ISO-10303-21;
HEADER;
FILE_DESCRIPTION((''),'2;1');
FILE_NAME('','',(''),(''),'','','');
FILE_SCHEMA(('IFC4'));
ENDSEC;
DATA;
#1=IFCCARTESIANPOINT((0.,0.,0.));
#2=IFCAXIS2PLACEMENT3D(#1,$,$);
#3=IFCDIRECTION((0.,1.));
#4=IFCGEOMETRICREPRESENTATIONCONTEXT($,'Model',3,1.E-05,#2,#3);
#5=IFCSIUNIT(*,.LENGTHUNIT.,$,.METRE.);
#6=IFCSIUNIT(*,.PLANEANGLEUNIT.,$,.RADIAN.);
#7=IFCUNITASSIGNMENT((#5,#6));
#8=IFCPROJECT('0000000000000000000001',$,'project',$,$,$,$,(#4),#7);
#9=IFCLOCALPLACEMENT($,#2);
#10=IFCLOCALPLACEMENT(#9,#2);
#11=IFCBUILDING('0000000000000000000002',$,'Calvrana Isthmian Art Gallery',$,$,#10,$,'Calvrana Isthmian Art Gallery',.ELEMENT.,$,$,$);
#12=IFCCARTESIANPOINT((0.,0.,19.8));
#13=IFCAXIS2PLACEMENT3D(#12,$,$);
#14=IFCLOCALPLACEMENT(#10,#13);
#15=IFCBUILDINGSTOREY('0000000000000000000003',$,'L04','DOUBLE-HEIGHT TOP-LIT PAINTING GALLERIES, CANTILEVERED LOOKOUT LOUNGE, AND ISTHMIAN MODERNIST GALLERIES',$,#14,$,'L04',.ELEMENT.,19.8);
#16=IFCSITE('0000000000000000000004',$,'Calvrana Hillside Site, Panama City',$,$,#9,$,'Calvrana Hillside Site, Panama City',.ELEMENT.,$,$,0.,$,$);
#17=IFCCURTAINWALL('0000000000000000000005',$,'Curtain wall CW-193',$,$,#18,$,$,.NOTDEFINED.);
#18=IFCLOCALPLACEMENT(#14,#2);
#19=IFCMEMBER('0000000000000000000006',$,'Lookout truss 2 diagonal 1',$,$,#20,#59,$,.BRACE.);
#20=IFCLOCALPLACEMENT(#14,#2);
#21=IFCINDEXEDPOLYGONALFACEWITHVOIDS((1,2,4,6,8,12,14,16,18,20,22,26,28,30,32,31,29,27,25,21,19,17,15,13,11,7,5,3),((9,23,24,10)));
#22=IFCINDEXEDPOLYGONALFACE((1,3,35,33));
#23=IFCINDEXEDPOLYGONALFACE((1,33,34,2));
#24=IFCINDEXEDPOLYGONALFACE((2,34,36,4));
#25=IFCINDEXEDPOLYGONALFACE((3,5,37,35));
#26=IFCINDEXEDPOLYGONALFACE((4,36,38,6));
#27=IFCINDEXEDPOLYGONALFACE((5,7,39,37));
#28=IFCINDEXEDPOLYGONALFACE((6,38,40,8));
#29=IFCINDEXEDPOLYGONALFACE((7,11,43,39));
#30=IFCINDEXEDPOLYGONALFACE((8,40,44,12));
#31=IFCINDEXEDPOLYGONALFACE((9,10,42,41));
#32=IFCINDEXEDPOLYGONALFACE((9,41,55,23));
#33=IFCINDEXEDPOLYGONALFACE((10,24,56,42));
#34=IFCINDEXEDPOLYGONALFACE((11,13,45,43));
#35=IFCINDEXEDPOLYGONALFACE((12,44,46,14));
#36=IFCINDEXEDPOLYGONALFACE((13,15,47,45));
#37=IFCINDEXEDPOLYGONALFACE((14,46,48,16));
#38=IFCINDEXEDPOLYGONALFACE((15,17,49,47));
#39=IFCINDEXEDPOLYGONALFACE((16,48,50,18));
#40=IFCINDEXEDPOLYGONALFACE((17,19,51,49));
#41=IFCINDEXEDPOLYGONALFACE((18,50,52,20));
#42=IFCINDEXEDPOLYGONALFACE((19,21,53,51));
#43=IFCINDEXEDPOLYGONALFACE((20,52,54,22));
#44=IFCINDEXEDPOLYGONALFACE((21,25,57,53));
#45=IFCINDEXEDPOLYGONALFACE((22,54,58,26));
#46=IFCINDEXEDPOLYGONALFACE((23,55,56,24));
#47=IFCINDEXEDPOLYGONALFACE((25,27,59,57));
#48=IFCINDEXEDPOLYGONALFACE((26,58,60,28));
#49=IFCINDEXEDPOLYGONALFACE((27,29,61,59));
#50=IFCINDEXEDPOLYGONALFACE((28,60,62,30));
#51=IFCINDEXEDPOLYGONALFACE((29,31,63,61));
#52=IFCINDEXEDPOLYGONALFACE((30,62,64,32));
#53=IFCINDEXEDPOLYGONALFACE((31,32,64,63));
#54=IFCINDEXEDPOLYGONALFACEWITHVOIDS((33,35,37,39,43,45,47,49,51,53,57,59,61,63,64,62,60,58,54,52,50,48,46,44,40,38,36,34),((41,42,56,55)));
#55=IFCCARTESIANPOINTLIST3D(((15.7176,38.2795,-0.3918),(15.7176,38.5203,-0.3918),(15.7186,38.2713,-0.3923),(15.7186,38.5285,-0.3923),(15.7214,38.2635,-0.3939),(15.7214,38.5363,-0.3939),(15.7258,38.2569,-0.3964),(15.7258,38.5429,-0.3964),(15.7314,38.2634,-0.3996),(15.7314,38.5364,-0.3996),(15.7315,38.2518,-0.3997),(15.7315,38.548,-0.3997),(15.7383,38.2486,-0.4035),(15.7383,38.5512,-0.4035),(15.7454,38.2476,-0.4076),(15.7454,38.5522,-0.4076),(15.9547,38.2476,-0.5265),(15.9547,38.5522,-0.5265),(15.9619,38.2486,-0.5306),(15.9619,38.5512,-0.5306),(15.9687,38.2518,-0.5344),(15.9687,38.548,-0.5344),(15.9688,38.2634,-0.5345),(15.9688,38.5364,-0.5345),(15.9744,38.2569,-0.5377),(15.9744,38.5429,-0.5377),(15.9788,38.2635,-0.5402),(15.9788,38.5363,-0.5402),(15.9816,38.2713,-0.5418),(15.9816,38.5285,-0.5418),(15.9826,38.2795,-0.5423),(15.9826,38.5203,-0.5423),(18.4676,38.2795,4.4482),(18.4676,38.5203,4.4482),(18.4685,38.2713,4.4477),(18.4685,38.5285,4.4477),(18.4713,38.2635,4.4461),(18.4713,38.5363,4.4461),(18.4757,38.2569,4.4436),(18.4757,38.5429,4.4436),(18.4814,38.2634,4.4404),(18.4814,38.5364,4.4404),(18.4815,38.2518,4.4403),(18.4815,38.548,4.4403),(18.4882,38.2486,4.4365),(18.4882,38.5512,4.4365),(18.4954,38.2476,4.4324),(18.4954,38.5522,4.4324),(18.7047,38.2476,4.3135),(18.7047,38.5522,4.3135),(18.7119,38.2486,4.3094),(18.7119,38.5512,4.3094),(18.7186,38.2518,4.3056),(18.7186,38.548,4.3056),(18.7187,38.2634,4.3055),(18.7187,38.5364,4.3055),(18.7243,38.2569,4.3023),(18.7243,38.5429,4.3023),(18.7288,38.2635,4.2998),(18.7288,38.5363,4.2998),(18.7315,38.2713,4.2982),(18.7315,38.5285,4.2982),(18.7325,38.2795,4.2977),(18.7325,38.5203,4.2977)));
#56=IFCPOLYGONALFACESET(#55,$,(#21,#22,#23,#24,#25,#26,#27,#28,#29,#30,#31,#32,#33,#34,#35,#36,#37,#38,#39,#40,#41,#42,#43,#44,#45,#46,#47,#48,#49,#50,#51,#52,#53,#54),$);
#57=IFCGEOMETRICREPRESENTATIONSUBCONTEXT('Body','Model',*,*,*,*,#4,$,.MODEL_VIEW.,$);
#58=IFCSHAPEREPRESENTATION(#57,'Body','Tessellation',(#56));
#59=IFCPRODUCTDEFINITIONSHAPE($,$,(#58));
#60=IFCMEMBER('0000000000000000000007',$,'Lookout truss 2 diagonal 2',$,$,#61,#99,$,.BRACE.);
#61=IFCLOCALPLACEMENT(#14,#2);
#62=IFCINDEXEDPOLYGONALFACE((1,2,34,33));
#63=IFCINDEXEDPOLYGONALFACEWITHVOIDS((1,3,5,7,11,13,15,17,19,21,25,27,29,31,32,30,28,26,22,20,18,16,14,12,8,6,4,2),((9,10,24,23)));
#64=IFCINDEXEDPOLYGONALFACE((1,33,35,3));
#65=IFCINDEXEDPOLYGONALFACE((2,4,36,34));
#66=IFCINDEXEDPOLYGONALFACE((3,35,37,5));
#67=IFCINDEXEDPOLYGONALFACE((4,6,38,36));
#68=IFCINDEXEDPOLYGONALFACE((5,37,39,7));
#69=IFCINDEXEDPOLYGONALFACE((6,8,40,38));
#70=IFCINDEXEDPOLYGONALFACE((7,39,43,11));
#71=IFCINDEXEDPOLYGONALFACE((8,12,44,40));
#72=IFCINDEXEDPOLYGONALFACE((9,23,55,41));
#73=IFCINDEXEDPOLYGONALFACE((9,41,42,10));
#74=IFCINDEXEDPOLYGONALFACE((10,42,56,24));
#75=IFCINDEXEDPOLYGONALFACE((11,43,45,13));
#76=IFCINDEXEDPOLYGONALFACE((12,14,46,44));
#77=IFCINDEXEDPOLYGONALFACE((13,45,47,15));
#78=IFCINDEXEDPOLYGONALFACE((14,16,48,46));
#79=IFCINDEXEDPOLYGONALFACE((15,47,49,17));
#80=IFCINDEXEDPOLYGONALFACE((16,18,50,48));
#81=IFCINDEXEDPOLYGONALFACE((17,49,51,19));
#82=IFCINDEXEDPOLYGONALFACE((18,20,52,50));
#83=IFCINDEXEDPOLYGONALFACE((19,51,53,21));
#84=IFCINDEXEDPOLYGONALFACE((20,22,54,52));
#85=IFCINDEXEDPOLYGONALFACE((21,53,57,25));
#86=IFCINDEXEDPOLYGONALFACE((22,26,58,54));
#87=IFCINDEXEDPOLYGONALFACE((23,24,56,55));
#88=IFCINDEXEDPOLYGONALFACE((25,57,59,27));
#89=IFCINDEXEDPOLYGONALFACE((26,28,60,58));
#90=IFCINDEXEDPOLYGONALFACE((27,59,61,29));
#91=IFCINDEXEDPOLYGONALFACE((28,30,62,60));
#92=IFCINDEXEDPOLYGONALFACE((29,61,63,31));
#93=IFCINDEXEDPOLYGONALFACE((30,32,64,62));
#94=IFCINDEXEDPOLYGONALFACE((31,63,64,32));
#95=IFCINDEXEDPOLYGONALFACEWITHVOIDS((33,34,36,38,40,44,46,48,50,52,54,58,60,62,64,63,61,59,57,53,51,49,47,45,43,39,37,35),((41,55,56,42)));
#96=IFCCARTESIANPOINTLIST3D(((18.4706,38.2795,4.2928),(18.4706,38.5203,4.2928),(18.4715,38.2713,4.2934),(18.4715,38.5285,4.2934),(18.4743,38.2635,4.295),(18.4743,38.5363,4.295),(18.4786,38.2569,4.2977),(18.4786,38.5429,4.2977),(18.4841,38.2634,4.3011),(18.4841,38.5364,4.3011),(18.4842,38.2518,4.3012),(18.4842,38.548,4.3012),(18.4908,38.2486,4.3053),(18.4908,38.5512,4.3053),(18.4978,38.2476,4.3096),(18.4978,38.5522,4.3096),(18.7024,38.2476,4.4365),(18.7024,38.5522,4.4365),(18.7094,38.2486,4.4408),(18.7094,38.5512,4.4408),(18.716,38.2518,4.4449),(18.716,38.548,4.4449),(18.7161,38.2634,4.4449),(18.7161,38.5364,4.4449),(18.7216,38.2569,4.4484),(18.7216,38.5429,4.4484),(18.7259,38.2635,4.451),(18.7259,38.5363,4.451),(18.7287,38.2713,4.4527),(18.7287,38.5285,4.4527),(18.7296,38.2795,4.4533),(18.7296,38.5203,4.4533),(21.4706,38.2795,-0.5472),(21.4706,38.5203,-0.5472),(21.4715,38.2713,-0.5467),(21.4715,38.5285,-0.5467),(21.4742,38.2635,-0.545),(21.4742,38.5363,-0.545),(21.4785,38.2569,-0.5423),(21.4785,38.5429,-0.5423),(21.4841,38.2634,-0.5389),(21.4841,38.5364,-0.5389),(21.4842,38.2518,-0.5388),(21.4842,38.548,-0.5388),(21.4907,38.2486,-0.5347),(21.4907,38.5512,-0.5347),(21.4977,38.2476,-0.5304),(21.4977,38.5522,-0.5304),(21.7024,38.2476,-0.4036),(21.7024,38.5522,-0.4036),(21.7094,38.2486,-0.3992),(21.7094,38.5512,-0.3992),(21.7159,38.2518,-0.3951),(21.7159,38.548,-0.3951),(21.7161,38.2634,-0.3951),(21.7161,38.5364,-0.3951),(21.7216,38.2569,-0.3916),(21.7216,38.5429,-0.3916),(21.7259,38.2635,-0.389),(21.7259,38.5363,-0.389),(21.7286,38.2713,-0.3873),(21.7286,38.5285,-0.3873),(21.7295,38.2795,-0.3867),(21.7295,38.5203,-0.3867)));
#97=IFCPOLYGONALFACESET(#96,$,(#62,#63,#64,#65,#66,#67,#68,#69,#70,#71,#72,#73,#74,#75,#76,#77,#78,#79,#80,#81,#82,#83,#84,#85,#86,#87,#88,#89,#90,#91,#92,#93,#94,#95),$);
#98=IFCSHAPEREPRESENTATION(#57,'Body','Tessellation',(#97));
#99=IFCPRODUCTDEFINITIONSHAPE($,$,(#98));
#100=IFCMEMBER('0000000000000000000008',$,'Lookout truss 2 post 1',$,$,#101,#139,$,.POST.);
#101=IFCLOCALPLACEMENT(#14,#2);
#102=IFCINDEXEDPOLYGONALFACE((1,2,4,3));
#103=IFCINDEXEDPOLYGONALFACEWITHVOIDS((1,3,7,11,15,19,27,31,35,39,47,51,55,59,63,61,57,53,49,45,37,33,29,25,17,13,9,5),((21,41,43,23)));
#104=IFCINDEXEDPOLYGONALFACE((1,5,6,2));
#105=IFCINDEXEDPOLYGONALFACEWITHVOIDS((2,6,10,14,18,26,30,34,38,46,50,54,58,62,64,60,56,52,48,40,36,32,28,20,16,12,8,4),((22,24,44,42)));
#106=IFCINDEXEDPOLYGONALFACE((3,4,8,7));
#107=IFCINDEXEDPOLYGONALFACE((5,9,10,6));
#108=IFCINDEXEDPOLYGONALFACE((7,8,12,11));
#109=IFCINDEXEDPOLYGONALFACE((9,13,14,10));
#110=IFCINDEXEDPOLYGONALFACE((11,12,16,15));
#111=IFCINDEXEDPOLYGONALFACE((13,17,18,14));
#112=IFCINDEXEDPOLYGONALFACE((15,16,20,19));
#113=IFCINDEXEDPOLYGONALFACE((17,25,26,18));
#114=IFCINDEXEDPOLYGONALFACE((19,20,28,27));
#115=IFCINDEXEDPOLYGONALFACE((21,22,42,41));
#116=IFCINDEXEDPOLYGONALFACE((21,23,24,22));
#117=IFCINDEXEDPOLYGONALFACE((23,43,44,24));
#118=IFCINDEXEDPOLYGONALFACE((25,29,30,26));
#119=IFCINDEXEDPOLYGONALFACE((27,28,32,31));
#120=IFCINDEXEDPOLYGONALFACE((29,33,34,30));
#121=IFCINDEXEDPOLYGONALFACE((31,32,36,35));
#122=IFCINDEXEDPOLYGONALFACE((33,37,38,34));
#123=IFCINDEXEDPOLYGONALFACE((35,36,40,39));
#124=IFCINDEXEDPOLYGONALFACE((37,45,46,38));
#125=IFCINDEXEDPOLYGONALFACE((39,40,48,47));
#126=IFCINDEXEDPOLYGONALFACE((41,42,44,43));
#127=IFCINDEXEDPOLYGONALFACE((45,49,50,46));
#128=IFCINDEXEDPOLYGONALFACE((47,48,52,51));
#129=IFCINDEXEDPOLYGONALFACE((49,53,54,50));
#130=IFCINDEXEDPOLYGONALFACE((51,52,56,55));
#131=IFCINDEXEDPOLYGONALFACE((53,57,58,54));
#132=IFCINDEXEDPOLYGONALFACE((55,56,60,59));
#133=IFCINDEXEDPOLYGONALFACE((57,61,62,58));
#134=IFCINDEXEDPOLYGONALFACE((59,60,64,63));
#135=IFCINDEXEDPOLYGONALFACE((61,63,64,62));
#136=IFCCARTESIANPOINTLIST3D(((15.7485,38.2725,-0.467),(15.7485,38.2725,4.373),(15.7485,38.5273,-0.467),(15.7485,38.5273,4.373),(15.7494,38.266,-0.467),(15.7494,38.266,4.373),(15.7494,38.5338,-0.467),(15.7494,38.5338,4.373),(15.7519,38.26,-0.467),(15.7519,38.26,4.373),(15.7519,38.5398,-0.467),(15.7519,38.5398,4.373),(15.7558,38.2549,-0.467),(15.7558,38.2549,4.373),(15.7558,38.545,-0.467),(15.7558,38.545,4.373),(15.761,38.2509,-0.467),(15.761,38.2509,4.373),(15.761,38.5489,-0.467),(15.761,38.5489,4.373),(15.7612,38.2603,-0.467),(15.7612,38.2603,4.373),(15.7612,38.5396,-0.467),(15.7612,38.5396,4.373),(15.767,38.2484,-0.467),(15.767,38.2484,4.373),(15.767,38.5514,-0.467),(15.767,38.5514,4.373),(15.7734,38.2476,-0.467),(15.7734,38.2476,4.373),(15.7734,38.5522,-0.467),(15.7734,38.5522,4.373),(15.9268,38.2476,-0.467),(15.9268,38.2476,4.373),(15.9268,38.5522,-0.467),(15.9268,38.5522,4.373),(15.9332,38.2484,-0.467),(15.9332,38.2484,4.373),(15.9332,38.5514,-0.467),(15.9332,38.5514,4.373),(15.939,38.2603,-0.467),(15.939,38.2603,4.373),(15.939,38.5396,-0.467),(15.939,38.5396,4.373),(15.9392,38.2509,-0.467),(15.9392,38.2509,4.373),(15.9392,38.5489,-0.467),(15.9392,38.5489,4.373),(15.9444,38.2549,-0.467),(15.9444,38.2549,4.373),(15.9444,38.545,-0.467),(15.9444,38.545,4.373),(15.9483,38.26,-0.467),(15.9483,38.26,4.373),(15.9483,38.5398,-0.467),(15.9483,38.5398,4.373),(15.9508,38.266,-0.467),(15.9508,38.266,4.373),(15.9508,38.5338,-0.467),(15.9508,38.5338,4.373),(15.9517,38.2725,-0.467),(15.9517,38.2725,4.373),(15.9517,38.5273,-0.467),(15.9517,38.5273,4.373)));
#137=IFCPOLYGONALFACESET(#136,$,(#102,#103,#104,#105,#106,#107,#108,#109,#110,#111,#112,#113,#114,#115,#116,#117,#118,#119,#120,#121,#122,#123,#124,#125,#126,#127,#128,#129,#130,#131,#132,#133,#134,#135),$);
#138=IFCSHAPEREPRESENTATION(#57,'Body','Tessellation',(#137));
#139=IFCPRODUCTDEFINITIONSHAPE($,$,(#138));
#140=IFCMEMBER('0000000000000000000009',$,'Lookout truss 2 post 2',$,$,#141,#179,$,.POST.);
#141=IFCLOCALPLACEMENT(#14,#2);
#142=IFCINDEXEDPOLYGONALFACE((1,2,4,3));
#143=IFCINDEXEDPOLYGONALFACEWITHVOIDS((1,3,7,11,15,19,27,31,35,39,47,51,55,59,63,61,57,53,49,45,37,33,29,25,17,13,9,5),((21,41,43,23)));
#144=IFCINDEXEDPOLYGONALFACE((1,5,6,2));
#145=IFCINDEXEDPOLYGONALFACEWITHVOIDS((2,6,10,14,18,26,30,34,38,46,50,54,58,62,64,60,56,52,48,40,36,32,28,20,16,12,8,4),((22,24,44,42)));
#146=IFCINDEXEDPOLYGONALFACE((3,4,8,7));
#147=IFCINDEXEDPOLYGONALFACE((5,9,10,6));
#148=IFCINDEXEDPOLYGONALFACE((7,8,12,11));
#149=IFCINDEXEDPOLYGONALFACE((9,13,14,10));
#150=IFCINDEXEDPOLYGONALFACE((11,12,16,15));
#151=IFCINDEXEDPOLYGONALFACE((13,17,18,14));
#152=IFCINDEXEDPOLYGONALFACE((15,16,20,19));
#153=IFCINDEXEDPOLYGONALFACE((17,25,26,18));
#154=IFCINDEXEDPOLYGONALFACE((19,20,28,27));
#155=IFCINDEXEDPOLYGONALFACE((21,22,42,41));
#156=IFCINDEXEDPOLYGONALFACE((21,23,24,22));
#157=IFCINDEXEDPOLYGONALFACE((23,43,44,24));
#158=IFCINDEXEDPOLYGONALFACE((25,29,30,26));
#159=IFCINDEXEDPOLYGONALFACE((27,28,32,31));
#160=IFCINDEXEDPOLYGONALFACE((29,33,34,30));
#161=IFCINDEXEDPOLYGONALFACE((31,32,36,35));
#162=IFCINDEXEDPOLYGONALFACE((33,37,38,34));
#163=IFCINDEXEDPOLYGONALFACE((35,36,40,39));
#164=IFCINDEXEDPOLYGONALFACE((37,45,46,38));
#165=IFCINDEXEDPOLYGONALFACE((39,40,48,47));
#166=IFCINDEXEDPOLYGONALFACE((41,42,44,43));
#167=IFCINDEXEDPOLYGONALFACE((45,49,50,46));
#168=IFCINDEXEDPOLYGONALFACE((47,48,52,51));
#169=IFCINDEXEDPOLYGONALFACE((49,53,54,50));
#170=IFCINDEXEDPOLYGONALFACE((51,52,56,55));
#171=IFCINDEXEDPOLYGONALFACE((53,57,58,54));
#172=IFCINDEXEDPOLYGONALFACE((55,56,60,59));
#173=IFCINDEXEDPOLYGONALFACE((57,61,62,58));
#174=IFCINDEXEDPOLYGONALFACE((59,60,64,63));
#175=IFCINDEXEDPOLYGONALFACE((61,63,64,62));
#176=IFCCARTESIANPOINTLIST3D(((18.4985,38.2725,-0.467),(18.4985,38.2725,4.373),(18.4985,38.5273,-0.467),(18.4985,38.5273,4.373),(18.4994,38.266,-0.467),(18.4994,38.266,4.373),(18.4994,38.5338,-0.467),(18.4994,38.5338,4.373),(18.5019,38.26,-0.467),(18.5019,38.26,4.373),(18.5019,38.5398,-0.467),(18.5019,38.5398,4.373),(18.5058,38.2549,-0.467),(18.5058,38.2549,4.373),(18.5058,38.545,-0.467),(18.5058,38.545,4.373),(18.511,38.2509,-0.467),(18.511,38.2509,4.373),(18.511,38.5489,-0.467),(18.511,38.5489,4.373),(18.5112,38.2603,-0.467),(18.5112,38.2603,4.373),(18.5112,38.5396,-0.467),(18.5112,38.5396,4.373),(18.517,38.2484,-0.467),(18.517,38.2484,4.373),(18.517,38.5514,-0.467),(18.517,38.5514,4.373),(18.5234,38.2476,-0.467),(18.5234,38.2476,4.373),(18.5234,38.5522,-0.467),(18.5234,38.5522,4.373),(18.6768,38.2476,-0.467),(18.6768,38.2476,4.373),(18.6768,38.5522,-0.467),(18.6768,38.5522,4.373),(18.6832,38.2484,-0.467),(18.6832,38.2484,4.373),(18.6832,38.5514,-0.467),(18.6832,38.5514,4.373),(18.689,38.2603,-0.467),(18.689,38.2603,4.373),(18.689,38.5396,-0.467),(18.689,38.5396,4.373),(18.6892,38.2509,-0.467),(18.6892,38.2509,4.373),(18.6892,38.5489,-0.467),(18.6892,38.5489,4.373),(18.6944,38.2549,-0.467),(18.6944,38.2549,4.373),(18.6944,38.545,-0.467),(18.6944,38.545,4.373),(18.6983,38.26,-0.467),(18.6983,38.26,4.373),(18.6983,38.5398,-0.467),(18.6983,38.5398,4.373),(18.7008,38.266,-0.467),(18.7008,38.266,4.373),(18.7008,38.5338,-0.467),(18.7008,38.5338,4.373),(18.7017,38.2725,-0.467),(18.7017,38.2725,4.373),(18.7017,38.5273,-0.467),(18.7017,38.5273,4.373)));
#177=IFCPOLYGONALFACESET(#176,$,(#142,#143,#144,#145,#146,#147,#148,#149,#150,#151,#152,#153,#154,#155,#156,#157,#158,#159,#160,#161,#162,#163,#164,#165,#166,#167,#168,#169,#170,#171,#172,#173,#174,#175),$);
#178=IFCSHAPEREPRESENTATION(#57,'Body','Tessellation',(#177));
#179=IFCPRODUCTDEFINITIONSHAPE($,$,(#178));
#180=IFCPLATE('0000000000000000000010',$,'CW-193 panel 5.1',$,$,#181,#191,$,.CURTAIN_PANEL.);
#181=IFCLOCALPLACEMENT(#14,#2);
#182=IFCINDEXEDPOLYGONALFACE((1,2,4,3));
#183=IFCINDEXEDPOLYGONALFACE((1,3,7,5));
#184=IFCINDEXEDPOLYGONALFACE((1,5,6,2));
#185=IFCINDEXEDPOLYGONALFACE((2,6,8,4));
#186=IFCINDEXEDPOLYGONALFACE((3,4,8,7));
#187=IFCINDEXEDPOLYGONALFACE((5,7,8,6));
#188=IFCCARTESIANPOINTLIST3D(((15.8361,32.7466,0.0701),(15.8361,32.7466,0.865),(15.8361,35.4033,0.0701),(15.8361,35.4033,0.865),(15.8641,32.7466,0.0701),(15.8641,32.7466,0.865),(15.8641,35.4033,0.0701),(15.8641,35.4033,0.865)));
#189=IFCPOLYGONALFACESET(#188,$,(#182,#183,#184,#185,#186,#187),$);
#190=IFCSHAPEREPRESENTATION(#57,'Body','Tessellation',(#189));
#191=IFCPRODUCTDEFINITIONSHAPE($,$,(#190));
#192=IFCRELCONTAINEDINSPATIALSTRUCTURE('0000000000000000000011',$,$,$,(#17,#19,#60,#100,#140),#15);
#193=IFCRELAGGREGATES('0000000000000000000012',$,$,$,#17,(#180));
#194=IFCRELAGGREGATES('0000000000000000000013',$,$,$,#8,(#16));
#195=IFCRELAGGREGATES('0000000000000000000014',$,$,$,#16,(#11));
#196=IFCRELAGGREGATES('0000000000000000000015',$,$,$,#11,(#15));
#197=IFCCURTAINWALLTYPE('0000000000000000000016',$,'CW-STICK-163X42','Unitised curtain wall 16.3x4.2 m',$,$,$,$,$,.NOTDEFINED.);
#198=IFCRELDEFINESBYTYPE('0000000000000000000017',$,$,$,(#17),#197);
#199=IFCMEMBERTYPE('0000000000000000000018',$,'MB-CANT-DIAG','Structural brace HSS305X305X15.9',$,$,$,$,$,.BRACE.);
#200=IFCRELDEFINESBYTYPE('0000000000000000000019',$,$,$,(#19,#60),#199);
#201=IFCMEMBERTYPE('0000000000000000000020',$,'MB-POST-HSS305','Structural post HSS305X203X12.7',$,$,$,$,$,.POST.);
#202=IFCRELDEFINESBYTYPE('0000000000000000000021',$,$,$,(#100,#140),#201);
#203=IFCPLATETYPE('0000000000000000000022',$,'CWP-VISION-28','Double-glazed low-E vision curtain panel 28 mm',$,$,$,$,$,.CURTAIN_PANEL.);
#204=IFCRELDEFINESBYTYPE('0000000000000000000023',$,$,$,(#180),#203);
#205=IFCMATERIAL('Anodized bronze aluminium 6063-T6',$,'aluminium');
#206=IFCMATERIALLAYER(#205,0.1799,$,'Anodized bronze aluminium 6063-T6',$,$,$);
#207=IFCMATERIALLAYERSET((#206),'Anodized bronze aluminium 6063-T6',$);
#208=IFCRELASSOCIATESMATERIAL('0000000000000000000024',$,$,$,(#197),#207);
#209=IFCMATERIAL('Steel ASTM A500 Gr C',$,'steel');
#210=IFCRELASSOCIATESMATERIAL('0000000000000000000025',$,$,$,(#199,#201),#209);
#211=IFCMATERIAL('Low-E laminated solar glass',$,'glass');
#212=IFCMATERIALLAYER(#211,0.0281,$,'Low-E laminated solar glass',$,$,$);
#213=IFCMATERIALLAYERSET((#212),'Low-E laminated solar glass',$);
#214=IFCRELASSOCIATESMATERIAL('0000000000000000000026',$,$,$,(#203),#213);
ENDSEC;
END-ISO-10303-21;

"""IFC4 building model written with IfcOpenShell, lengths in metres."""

from ifc_helpers import new_model, si_unit, direction, frame, origin, origin_2d, place, context, subcontext, project, spatial, rectangle, hollow_rectangle, extrude, material, layer, layer_set, material_profile, profile_set, type_object, element, aggregate, save


model = new_model("IFC4")

# Units and contexts
model_context = context("Model", 3, precision=1e-05, world=origin(), true_north=direction((0.0, 1.0)))
body_context = subcontext(model_context, "Body", "Model", "MODEL_VIEW")
ifc_project = project(units=[si_unit("LENGTHUNIT", "METRE"), si_unit("PLANEANGLEUNIT", "RADIAN")], contexts=[model_context])

# Site, building, storey
site_placement = place(None, origin())
site = spatial("IfcSite", under=ifc_project, at=site_placement, Name="Calvrana Hillside Site, Panama City", LongName="Calvrana Hillside Site, Panama City", CompositionType="ELEMENT", RefElevation=0.0)
building_placement = place(site_placement, origin())
building = spatial("IfcBuilding", under=site, at=building_placement, Name="Calvrana Isthmian Art Gallery", LongName="Calvrana Isthmian Art Gallery", CompositionType="ELEMENT")
storey_placement = place(building_placement, frame((0.0, 0.0, 19.8)))
storey = spatial("IfcBuildingStorey", under=building, at=storey_placement, Name="L04", Description="DOUBLE-HEIGHT TOP-LIT PAINTING GALLERIES, CANTILEVERED LOOKOUT LOUNGE, AND ISTHMIAN MODERNIST GALLERIES", LongName="L04", CompositionType="ELEMENT", Elevation=19.8)

# Curtain wall
ifc_material_1 = material(Name="Anodized bronze aluminium 6063-T6", Category="aluminium")
ifc_layer_1 = layer(ifc_material_1, 0.1799, Name="Anodized bronze aluminium 6063-T6")
ifc_layer_set_1 = layer_set([ifc_layer_1], Name="Anodized bronze aluminium 6063-T6")
curtain_wall_type_1 = type_object("IfcCurtainWallType", Name="CW-STICK-163X42", Description="Unitised curtain wall 16.3x4.2 m", PredefinedType="NOTDEFINED", material=ifc_layer_set_1)
curtain_wall_1_placement = place(storey_placement, origin())
curtain_wall_1 = element("IfcCurtainWall", 1, at=curtain_wall_1_placement, inside=storey, type_object=curtain_wall_type_1, Name="Curtain wall CW-193", PredefinedType="NOTDEFINED")

# Members
ifc_material_2 = material(Name="Steel ASTM A500 Gr C", Category="steel")
ifc_material_profile_1 = material_profile(ifc_material_2, hollow_rectangle(XDim=0.3047, YDim=0.3047, WallThickness=0.0159, OuterFilletRadius=0.032, at=origin_2d()), Name="HSS305X305X15.9")
ifc_profile_set_1 = profile_set([ifc_material_profile_1], Name="Steel ASTM A500 Gr C")
member_type_1 = type_object("IfcMemberType", Name="MB-CANT-DIAG", Description="Structural brace HSS305X305X15.9", PredefinedType="BRACE", material=ifc_profile_set_1)
member_1_placement = place(storey_placement, frame((15.8501, 38.3999, -0.467), z_axis=(0.494003, 0.0, 0.86946), x_axis=(0.0, 1.0, 0.0)))
element("IfcMember", 2, at=member_1_placement, inside=storey, type_object=member_type_1, Name="Lookout truss 2 diagonal 1", PredefinedType="BRACE", context=body_context, shape_type="SweptSolid", body=[
    extrude(hollow_rectangle(XDim=0.3047, YDim=0.3047, WallThickness=0.0159, OuterFilletRadius=0.032, at=origin_2d()), origin(), (0.0, 0.0, 1.0), 5.5667),
])
member_2_placement = place(storey_placement, frame((18.6001, 38.3999, 4.373), z_axis=(0.526831, 0.0, -0.84997), x_axis=(0.0, 1.0, 0.0)))
element("IfcMember", 3, at=member_2_placement, inside=storey, type_object=member_type_1, Name="Lookout truss 2 diagonal 2", PredefinedType="BRACE", context=body_context, shape_type="SweptSolid", body=[
    extrude(hollow_rectangle(XDim=0.3047, YDim=0.3047, WallThickness=0.0159, OuterFilletRadius=0.032, at=origin_2d()), origin(), (0.0, 0.0, 1.0), 5.6943),
])
ifc_material_profile_2 = material_profile(ifc_material_2, hollow_rectangle(XDim=0.2031, YDim=0.3047, WallThickness=0.0127, OuterFilletRadius=0.0249, at=origin_2d()), Name="HSS305X203X12.7")
ifc_profile_set_2 = profile_set([ifc_material_profile_2], Name="Steel ASTM A500 Gr C")
member_type_2 = type_object("IfcMemberType", Name="MB-POST-HSS305", Description="Structural post HSS305X203X12.7", PredefinedType="POST", material=ifc_profile_set_2)
for number, where, z_axis, x_axis, name in (
    (4, (15.8501, 38.3999, -0.467), (0.0, 0.0, 1.0), (1.0, 0.0, 0.0), "Lookout truss 2 post 1"),
    (5, (18.6001, 38.3999, -0.467), (0.0, 0.0, 1.0), (1.0, 0.0, 0.0), "Lookout truss 2 post 2"),
):
    element("IfcMember", number, at=place(storey_placement, frame(where, z_axis=z_axis, x_axis=x_axis)), inside=storey, type_object=member_type_2, Name=name, PredefinedType="POST", context=body_context, shape_type="SweptSolid", body=[
        extrude(hollow_rectangle(XDim=0.2031, YDim=0.3047, WallThickness=0.0127, OuterFilletRadius=0.0249, at=origin_2d()), origin(), (0.0, 0.0, 1.0), 4.8401),
    ])

# Plate
ifc_material_3 = material(Name="Low-E laminated solar glass", Category="glass")
ifc_layer_2 = layer(ifc_material_3, 0.0281, Name="Low-E laminated solar glass")
ifc_layer_set_2 = layer_set([ifc_layer_2], Name="Low-E laminated solar glass")
plate_type_1 = type_object("IfcPlateType", Name="CWP-VISION-28", Description="Double-glazed low-E vision curtain panel 28 mm", PredefinedType="CURTAIN_PANEL", material=ifc_layer_set_2)
plate_1_placement = place(storey_placement, frame((15.8501, 34.075, 0.0701), z_axis=(0.0, 0.0, 1.0), x_axis=(0.0, 1.0, 0.0)))
plate_1 = element("IfcPlate", 6, at=plate_1_placement, type_object=plate_type_1, Name="CW-193 panel 5.1", PredefinedType="CURTAIN_PANEL", context=body_context, shape_type="SweptSolid", body=[
    extrude(rectangle(XDim=2.6567, YDim=0.0281, at=origin_2d()), origin(), (0.0, 0.0, 1.0), 0.7949),
])
aggregate(curtain_wall_1, [plate_1])

save(model, "model.ifc")
